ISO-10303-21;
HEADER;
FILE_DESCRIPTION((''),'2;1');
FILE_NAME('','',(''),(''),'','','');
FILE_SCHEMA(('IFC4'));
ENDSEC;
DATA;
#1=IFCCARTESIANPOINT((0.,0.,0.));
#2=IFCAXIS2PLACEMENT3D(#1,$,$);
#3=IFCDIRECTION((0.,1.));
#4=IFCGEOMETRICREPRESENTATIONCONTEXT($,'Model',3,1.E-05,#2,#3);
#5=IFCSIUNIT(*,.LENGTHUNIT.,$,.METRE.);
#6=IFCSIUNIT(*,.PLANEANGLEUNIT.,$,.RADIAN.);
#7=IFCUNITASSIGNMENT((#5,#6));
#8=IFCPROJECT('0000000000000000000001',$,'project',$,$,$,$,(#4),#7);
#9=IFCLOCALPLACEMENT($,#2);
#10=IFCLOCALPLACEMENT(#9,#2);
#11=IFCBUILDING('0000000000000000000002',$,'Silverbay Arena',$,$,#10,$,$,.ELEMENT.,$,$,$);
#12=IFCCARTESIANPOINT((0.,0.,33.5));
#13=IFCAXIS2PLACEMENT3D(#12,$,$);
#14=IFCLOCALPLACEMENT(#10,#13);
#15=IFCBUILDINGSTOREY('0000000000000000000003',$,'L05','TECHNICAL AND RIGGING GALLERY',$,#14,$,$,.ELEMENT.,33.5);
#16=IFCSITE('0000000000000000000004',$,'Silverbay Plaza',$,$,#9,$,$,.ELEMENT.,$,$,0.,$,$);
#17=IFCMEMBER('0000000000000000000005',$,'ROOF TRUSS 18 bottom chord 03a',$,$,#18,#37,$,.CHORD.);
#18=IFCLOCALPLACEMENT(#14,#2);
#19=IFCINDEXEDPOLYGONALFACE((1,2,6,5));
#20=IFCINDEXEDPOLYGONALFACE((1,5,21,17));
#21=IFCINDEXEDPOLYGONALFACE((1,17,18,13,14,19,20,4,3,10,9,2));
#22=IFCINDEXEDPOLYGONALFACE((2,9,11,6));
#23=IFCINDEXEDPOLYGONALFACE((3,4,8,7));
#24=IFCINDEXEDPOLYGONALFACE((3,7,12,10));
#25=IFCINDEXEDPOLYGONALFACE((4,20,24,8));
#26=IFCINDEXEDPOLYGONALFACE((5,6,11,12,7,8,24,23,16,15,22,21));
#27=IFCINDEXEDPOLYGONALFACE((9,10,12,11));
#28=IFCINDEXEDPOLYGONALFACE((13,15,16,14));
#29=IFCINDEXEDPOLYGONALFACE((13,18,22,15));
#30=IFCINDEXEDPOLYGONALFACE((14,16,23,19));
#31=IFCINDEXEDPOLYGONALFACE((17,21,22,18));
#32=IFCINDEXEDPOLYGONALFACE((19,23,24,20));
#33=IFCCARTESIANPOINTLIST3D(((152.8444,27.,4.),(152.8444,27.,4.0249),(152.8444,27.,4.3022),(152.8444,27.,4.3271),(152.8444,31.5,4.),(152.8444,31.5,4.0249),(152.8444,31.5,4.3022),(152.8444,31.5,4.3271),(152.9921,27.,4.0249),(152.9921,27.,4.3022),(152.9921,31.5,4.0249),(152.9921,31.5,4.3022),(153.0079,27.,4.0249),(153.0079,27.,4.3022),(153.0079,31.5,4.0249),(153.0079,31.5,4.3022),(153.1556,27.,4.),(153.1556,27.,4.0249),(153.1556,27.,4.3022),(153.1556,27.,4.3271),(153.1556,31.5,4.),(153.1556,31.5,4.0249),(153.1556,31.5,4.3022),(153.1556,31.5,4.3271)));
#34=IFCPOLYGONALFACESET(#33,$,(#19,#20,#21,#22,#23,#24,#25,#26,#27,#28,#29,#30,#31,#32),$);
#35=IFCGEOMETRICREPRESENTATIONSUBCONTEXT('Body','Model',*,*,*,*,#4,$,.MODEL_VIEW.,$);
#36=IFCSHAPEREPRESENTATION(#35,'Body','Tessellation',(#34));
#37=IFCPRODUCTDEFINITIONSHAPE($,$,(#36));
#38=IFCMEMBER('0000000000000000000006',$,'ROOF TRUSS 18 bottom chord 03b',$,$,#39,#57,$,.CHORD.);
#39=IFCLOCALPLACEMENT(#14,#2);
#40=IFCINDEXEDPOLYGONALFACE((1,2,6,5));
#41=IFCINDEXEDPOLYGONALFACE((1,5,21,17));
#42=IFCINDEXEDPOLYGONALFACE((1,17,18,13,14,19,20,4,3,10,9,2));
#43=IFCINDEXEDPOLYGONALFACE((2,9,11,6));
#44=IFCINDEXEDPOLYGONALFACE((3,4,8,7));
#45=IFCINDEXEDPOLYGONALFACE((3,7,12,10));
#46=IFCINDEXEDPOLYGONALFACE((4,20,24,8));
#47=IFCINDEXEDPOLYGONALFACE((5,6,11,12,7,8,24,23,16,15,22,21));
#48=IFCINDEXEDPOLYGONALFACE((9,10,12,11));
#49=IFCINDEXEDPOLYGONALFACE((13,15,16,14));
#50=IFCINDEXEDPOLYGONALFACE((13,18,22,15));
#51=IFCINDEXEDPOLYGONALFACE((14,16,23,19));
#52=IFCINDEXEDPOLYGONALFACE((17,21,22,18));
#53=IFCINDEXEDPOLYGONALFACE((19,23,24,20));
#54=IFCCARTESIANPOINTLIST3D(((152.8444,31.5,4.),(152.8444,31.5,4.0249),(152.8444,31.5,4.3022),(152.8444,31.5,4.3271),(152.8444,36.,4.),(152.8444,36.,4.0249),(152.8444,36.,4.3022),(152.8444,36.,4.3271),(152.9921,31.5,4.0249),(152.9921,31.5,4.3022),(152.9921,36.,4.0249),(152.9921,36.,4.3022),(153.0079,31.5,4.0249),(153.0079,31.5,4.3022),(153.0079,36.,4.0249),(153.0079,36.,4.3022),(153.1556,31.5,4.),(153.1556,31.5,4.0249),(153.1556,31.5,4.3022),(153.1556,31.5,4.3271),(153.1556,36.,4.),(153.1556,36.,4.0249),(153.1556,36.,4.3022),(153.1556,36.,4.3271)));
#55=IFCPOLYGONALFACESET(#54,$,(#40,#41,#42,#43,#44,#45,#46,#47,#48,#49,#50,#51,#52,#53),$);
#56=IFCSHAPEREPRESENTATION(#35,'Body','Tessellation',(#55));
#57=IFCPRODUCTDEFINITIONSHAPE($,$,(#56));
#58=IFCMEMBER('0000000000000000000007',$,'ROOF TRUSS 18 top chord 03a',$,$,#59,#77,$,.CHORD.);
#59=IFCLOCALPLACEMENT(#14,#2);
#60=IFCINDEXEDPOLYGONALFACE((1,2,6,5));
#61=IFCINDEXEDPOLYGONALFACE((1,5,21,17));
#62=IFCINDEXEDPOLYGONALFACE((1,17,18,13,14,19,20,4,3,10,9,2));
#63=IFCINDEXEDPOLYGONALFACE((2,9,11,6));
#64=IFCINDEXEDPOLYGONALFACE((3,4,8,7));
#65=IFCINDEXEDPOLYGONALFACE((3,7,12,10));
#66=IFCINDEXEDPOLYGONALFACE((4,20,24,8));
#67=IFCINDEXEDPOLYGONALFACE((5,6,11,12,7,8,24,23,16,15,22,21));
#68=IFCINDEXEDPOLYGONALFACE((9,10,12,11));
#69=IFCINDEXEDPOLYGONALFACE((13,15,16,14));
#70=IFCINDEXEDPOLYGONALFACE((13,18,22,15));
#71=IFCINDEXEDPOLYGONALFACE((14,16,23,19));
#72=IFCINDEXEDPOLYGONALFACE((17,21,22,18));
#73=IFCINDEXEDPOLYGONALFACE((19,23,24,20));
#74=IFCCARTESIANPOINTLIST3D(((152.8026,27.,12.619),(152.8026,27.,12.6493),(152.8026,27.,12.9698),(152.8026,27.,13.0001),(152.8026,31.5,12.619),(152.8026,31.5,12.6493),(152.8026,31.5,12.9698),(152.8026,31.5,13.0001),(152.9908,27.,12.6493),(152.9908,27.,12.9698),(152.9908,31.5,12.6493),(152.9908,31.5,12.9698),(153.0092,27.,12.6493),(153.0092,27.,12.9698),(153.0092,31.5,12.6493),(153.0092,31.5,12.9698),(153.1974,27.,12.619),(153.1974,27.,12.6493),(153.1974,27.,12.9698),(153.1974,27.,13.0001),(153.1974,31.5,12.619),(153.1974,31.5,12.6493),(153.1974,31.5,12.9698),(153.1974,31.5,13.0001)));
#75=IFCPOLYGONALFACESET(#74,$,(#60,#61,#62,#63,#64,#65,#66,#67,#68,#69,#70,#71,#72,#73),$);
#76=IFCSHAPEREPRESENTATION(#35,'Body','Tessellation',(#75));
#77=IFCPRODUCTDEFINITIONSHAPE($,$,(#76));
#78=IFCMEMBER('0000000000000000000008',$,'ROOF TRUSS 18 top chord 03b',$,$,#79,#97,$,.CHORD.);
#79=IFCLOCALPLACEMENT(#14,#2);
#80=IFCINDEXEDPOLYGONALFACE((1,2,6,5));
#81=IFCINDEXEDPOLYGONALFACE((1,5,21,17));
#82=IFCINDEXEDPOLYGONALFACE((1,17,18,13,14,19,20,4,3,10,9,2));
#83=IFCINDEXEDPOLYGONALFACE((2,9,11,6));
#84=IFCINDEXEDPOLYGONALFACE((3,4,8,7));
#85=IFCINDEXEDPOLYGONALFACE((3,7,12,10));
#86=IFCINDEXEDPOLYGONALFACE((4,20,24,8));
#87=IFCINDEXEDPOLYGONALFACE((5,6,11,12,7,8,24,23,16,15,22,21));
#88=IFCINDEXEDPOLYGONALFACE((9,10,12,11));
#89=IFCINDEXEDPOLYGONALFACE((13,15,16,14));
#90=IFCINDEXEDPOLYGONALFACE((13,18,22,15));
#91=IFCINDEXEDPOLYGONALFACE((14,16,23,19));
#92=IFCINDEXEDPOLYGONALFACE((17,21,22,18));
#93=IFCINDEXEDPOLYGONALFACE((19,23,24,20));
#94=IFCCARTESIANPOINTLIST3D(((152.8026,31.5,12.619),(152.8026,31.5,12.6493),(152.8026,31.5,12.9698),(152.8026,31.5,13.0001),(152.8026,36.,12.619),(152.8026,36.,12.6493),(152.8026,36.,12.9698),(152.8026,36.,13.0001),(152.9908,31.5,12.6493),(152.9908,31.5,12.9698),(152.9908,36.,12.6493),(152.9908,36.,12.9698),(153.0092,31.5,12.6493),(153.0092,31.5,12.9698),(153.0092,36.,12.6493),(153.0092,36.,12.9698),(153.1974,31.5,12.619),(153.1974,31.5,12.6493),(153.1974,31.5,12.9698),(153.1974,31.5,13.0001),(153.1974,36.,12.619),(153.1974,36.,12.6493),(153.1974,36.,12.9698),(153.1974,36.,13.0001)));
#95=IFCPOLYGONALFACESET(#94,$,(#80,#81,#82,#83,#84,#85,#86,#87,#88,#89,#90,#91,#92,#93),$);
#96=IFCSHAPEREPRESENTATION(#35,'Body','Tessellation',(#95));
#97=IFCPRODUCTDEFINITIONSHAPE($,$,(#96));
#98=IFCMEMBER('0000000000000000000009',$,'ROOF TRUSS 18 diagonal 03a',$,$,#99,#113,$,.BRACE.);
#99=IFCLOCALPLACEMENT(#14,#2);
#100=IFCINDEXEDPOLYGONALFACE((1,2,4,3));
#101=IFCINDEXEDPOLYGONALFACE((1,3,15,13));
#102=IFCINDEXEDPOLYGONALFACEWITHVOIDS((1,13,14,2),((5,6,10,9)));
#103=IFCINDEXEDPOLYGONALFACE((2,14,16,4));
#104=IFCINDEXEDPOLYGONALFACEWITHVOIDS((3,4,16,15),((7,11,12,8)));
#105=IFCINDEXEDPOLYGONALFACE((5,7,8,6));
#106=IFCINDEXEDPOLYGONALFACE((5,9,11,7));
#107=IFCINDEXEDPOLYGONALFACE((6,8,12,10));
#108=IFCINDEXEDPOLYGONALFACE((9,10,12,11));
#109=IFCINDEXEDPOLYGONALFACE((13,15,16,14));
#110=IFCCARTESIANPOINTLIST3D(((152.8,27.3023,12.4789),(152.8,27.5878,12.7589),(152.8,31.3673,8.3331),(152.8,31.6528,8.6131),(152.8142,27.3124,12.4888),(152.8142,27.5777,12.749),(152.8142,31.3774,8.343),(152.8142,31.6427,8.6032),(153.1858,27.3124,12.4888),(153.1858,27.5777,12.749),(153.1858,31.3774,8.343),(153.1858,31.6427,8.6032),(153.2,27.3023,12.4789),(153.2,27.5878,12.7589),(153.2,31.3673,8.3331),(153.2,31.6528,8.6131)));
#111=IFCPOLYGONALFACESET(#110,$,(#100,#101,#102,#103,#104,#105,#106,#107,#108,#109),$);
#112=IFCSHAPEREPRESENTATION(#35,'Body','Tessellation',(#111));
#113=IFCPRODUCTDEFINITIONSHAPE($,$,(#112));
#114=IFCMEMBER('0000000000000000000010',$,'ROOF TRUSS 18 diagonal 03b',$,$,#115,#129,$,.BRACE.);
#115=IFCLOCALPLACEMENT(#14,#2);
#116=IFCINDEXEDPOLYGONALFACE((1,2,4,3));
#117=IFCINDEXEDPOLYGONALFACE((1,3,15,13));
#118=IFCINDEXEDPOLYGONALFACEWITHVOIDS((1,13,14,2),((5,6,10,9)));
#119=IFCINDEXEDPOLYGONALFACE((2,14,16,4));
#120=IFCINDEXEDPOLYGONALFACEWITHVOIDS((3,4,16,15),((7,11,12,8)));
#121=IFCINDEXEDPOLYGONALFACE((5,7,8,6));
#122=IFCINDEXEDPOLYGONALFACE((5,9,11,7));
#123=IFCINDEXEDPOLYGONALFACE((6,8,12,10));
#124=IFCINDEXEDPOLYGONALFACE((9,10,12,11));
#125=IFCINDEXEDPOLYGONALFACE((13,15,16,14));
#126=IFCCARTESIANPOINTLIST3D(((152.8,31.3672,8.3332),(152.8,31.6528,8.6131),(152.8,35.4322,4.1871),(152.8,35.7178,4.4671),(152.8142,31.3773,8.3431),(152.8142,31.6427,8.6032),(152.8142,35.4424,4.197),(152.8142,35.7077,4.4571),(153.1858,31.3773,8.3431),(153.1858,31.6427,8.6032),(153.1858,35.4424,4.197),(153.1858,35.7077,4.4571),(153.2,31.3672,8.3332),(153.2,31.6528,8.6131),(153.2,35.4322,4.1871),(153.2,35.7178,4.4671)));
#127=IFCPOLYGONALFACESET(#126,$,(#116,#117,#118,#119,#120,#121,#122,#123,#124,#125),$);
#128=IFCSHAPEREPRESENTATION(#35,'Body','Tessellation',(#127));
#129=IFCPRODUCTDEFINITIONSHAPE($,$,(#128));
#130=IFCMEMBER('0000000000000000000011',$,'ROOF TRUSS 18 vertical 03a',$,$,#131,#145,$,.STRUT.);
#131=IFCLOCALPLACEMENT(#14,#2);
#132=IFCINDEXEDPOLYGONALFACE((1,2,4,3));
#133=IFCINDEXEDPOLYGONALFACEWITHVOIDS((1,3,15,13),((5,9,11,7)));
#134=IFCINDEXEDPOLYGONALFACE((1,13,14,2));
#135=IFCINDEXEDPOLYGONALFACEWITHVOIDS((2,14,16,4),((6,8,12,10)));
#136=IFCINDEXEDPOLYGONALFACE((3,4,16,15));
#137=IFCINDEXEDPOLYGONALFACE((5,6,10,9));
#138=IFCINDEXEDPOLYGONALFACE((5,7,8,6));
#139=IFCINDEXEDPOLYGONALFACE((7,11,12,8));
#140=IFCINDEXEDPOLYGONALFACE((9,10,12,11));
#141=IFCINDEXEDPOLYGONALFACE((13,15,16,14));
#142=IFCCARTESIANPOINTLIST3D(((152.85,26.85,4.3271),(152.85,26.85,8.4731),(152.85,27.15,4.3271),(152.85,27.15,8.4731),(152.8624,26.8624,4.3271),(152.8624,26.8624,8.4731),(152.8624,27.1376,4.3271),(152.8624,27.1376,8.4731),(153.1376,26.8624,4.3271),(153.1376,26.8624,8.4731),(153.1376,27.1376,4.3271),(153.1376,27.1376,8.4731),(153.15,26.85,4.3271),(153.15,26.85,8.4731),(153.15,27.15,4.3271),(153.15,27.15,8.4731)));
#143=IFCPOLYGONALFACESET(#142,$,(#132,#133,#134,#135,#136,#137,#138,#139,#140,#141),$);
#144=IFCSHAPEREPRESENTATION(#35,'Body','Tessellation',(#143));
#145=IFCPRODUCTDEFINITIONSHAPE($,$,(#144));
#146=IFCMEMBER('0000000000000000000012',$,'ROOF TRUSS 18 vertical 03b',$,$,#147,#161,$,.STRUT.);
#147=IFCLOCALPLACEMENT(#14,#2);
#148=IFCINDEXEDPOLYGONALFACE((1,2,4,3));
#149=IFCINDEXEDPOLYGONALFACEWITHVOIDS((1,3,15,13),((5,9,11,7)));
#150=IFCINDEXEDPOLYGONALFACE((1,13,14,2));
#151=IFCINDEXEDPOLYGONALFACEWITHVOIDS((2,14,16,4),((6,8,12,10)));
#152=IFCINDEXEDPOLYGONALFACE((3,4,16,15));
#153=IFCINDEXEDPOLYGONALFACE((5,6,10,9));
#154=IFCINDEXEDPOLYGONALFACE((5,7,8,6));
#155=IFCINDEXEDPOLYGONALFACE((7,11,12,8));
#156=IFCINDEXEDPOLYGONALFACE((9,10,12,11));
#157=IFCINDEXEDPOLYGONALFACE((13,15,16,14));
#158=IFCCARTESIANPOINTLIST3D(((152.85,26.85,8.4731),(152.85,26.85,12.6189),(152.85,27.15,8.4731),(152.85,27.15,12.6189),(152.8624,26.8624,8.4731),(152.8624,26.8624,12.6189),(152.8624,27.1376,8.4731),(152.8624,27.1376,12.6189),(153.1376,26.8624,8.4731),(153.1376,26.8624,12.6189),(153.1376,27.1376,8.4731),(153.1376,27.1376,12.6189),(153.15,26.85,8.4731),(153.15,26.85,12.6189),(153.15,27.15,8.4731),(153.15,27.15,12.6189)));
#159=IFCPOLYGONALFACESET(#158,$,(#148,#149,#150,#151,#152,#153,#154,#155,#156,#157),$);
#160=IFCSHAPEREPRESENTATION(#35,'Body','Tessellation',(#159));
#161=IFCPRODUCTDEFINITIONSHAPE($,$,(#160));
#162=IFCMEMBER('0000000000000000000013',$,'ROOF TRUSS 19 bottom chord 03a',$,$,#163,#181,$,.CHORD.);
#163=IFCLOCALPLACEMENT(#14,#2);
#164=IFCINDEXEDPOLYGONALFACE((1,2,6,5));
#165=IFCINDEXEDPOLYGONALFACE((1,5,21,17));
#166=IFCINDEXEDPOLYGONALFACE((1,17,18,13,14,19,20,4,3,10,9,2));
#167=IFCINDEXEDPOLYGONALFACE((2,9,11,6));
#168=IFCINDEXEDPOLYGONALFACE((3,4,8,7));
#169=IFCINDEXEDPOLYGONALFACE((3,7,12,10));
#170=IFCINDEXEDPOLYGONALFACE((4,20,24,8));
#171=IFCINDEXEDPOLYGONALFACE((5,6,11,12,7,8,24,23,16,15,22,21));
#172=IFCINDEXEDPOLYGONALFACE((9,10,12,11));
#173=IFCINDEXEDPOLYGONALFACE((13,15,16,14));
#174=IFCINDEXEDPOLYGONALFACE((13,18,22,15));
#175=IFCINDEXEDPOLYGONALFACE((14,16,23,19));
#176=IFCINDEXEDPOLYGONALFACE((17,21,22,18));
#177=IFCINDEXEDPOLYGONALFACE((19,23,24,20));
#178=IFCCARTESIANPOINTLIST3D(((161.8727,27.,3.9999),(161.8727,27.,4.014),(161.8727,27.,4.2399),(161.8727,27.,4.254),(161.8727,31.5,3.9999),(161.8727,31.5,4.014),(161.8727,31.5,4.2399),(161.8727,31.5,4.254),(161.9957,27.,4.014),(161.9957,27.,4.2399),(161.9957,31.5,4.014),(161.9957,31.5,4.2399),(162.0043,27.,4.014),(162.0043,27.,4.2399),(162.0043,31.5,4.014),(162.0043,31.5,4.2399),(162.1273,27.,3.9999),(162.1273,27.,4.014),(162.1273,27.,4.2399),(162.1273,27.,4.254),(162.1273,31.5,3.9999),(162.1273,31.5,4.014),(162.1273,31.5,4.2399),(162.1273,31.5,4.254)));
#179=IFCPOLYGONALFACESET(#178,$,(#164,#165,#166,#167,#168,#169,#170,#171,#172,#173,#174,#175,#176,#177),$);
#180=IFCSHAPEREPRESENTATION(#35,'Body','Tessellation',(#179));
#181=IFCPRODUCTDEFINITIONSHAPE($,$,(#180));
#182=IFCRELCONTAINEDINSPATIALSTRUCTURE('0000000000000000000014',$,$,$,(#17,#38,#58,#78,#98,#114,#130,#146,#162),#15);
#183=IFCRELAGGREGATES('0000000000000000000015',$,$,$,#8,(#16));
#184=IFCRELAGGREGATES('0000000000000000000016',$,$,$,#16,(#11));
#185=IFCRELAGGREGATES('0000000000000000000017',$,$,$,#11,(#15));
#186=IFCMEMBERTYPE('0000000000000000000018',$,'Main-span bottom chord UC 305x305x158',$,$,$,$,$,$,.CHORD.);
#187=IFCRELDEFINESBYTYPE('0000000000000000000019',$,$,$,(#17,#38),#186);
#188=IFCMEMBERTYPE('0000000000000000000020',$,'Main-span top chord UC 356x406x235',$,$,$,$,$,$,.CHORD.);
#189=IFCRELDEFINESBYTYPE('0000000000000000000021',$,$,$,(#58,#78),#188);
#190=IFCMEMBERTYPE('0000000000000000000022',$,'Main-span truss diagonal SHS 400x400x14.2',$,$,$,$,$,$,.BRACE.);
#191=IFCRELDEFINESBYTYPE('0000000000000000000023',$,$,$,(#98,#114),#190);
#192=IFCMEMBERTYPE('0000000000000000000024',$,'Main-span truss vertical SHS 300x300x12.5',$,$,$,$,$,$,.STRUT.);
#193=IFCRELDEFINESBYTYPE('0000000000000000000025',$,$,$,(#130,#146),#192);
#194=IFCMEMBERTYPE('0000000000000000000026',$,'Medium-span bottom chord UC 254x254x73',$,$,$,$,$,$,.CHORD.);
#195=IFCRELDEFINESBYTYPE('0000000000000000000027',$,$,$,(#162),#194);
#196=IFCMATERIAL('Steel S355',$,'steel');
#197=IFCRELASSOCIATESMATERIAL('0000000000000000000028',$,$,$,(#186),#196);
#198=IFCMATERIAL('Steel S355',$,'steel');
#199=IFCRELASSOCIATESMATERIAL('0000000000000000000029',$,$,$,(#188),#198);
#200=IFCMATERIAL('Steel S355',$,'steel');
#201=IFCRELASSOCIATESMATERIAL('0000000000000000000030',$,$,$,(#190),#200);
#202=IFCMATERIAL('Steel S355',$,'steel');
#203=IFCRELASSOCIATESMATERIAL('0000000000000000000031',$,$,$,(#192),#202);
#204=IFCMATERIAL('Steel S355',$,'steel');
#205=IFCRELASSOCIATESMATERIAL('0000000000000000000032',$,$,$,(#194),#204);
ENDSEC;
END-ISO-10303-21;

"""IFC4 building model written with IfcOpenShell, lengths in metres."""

from ifc_helpers import new_model, si_unit, direction, frame, origin, origin_2d, place, context, subcontext, project, spatial, hollow_rectangle, i_section, extrude, material, material_profile, profile_set, type_object, element, save


model = new_model("IFC4")

# Units and contexts
model_context = context("Model", 3, precision=1e-05, world=origin(), true_north=direction((0.0, 1.0)))
body_context = subcontext(model_context, "Body", "Model", "MODEL_VIEW")
ifc_project = project(units=[si_unit("LENGTHUNIT", "METRE"), si_unit("PLANEANGLEUNIT", "RADIAN")], contexts=[model_context])

# Site, building, storey
site_placement = place(None, origin())
site = spatial("IfcSite", under=ifc_project, at=site_placement, Name="Silverbay Plaza", CompositionType="ELEMENT", RefElevation=0.0)
building_placement = place(site_placement, origin())
building = spatial("IfcBuilding", under=site, at=building_placement, Name="Silverbay Arena", CompositionType="ELEMENT")
storey_placement = place(building_placement, frame((0.0, 0.0, 33.5)))
storey = spatial("IfcBuildingStorey", under=building, at=storey_placement, Name="L05", Description="TECHNICAL AND RIGGING GALLERY", CompositionType="ELEMENT", Elevation=33.5)

# Members
ifc_material_1 = material(Name="Steel S355", Category="steel")
ifc_material_profile_1 = material_profile(ifc_material_1, i_section(OverallWidth=0.3113, OverallDepth=0.3271, WebThickness=0.0159, FlangeThickness=0.0249, at=origin_2d()), Name="UC 305x305x158")
ifc_profile_set_1 = profile_set([ifc_material_profile_1], Name="Steel S355")
member_type_1 = type_object("IfcMemberType", Name="Main-span bottom chord UC 305x305x158", PredefinedType="CHORD", material=ifc_profile_set_1)
for number, where, z_axis, x_axis, name in (
    (1, (153.0, 27.0, 4.1636), (0.0, 1.0, 0.0), (-1.0, 0.0, 0.0), "ROOF TRUSS 18 bottom chord 03a"),
    (2, (153.0, 31.5, 4.1636), (0.0, 1.0, 0.0), (-1.0, 0.0, 0.0), "ROOF TRUSS 18 bottom chord 03b"),
):
    element("IfcMember", number, at=place(storey_placement, frame(where, z_axis=z_axis, x_axis=x_axis)), inside=storey, type_object=member_type_1, Name=name, PredefinedType="CHORD", context=body_context, shape_type="SweptSolid", body=[
        extrude(i_section(OverallWidth=0.3113, OverallDepth=0.3271, WebThickness=0.0159, FlangeThickness=0.0249, at=origin_2d()), origin(), (0.0, 0.0, 1.0), 4.5),
    ])
ifc_material_2 = material(Name="Steel S355", Category="steel")
ifc_material_profile_2 = material_profile(ifc_material_2, i_section(OverallWidth=0.3948, OverallDepth=0.3811, WebThickness=0.0183, FlangeThickness=0.0303, at=origin_2d()), Name="UC 356x406x235")
ifc_profile_set_2 = profile_set([ifc_material_profile_2], Name="Steel S355")
member_type_2 = type_object("IfcMemberType", Name="Main-span top chord UC 356x406x235", PredefinedType="CHORD", material=ifc_profile_set_2)
for number, where, z_axis, x_axis, name in (
    (3, (153.0, 27.0, 12.8096), (0.0, 1.0, 0.0), (-1.0, 0.0, 0.0), "ROOF TRUSS 18 top chord 03a"),
    (4, (153.0, 31.5, 12.8096), (0.0, 1.0, 0.0), (-1.0, 0.0, 0.0), "ROOF TRUSS 18 top chord 03b"),
):
    element("IfcMember", number, at=place(storey_placement, frame(where, z_axis=z_axis, x_axis=x_axis)), inside=storey, type_object=member_type_2, Name=name, PredefinedType="CHORD", context=body_context, shape_type="SweptSolid", body=[
        extrude(i_section(OverallWidth=0.3948, OverallDepth=0.3811, WebThickness=0.0183, FlangeThickness=0.0303, at=origin_2d()), origin(), (0.0, 0.0, 1.0), 4.5),
    ])
ifc_material_3 = material(Name="Steel S355", Category="steel")
ifc_material_profile_3 = material_profile(ifc_material_3, hollow_rectangle(XDim=0.3999, YDim=0.3999, WallThickness=0.0142, at=origin_2d()), Name="SHS 400x400x14.2")
ifc_profile_set_3 = profile_set([ifc_material_profile_3], Name="Steel S355")
member_type_3 = type_object("IfcMemberType", Name="Main-span truss diagonal SHS 400x400x14.2", PredefinedType="BRACE", material=ifc_profile_set_3)
member_1_placement = place(storey_placement, frame((153.0, 27.4451, 12.6189), z_axis=(0.0, 0.700113, -0.714032), x_axis=(-1.0, 0.0, 0.0)))
element("IfcMember", 5, at=member_1_placement, inside=storey, type_object=member_type_3, Name="ROOF TRUSS 18 diagonal 03a", PredefinedType="BRACE", context=body_context, shape_type="SweptSolid", body=[
    extrude(hollow_rectangle(XDim=0.3999, YDim=0.3999, WallThickness=0.0142, at=origin_2d()), origin(), (0.0, 0.0, 1.0), 5.8062),
])
member_2_placement = place(storey_placement, frame((153.0, 31.51, 8.4731), z_axis=(0.0, 0.700092, -0.714052), x_axis=(-1.0, 0.0, 0.0)))
element("IfcMember", 6, at=member_2_placement, inside=storey, type_object=member_type_3, Name="ROOF TRUSS 18 diagonal 03b", PredefinedType="BRACE", context=body_context, shape_type="SweptSolid", body=[
    extrude(hollow_rectangle(XDim=0.3999, YDim=0.3999, WallThickness=0.0142, at=origin_2d()), origin(), (0.0, 0.0, 1.0), 5.8064),
])
ifc_material_4 = material(Name="Steel S355", Category="steel")
ifc_material_profile_4 = material_profile(ifc_material_4, hollow_rectangle(XDim=0.3, YDim=0.3, WallThickness=0.0125, at=origin_2d()), Name="SHS 300x300x12.5")
ifc_profile_set_4 = profile_set([ifc_material_profile_4], Name="Steel S355")
member_type_4 = type_object("IfcMemberType", Name="Main-span truss vertical SHS 300x300x12.5", PredefinedType="STRUT", material=ifc_profile_set_4)
member_3_placement = place(storey_placement, frame((153.0, 27.0, 4.3271), z_axis=(0.0, 0.0, 1.0), x_axis=(1.0, 0.0, 0.0)))
element("IfcMember", 7, at=member_3_placement, inside=storey, type_object=member_type_4, Name="ROOF TRUSS 18 vertical 03a", PredefinedType="STRUT", context=body_context, shape_type="SweptSolid", body=[
    extrude(hollow_rectangle(XDim=0.3, YDim=0.3, WallThickness=0.0125, at=origin_2d()), origin(), (0.0, 0.0, 1.0), 4.146),
])
member_4_placement = place(storey_placement, frame((153.0, 27.0, 8.4731), z_axis=(0.0, 0.0, 1.0), x_axis=(1.0, 0.0, 0.0)))
element("IfcMember", 8, at=member_4_placement, inside=storey, type_object=member_type_4, Name="ROOF TRUSS 18 vertical 03b", PredefinedType="STRUT", context=body_context, shape_type="SweptSolid", body=[
    extrude(hollow_rectangle(XDim=0.3, YDim=0.3, WallThickness=0.0125, at=origin_2d()), origin(), (0.0, 0.0, 1.0), 4.1458),
])
ifc_material_5 = material(Name="Steel S355", Category="steel")
ifc_material_profile_5 = material_profile(ifc_material_5, i_section(OverallWidth=0.2546, OverallDepth=0.2542, WebThickness=0.0085, FlangeThickness=0.0142, at=origin_2d()), Name="UC 254x254x73")
ifc_profile_set_5 = profile_set([ifc_material_profile_5], Name="Steel S355")
member_type_5 = type_object("IfcMemberType", Name="Medium-span bottom chord UC 254x254x73", PredefinedType="CHORD", material=ifc_profile_set_5)
for number, where, z_axis, x_axis, name in (
    (9, (162.0, 27.0, 4.127), (0.0, 1.0, 0.0), (-1.0, 0.0, 0.0), "ROOF TRUSS 19 bottom chord 03a"),
):
    element("IfcMember", number, at=place(storey_placement, frame(where, z_axis=z_axis, x_axis=x_axis)), inside=storey, type_object=member_type_5, Name=name, PredefinedType="CHORD", context=body_context, shape_type="SweptSolid", body=[
        extrude(i_section(OverallWidth=0.2546, OverallDepth=0.2542, WebThickness=0.0085, FlangeThickness=0.0142, at=origin_2d()), origin(), (0.0, 0.0, 1.0), 4.5),
    ])

save(model, "model.ifc")
